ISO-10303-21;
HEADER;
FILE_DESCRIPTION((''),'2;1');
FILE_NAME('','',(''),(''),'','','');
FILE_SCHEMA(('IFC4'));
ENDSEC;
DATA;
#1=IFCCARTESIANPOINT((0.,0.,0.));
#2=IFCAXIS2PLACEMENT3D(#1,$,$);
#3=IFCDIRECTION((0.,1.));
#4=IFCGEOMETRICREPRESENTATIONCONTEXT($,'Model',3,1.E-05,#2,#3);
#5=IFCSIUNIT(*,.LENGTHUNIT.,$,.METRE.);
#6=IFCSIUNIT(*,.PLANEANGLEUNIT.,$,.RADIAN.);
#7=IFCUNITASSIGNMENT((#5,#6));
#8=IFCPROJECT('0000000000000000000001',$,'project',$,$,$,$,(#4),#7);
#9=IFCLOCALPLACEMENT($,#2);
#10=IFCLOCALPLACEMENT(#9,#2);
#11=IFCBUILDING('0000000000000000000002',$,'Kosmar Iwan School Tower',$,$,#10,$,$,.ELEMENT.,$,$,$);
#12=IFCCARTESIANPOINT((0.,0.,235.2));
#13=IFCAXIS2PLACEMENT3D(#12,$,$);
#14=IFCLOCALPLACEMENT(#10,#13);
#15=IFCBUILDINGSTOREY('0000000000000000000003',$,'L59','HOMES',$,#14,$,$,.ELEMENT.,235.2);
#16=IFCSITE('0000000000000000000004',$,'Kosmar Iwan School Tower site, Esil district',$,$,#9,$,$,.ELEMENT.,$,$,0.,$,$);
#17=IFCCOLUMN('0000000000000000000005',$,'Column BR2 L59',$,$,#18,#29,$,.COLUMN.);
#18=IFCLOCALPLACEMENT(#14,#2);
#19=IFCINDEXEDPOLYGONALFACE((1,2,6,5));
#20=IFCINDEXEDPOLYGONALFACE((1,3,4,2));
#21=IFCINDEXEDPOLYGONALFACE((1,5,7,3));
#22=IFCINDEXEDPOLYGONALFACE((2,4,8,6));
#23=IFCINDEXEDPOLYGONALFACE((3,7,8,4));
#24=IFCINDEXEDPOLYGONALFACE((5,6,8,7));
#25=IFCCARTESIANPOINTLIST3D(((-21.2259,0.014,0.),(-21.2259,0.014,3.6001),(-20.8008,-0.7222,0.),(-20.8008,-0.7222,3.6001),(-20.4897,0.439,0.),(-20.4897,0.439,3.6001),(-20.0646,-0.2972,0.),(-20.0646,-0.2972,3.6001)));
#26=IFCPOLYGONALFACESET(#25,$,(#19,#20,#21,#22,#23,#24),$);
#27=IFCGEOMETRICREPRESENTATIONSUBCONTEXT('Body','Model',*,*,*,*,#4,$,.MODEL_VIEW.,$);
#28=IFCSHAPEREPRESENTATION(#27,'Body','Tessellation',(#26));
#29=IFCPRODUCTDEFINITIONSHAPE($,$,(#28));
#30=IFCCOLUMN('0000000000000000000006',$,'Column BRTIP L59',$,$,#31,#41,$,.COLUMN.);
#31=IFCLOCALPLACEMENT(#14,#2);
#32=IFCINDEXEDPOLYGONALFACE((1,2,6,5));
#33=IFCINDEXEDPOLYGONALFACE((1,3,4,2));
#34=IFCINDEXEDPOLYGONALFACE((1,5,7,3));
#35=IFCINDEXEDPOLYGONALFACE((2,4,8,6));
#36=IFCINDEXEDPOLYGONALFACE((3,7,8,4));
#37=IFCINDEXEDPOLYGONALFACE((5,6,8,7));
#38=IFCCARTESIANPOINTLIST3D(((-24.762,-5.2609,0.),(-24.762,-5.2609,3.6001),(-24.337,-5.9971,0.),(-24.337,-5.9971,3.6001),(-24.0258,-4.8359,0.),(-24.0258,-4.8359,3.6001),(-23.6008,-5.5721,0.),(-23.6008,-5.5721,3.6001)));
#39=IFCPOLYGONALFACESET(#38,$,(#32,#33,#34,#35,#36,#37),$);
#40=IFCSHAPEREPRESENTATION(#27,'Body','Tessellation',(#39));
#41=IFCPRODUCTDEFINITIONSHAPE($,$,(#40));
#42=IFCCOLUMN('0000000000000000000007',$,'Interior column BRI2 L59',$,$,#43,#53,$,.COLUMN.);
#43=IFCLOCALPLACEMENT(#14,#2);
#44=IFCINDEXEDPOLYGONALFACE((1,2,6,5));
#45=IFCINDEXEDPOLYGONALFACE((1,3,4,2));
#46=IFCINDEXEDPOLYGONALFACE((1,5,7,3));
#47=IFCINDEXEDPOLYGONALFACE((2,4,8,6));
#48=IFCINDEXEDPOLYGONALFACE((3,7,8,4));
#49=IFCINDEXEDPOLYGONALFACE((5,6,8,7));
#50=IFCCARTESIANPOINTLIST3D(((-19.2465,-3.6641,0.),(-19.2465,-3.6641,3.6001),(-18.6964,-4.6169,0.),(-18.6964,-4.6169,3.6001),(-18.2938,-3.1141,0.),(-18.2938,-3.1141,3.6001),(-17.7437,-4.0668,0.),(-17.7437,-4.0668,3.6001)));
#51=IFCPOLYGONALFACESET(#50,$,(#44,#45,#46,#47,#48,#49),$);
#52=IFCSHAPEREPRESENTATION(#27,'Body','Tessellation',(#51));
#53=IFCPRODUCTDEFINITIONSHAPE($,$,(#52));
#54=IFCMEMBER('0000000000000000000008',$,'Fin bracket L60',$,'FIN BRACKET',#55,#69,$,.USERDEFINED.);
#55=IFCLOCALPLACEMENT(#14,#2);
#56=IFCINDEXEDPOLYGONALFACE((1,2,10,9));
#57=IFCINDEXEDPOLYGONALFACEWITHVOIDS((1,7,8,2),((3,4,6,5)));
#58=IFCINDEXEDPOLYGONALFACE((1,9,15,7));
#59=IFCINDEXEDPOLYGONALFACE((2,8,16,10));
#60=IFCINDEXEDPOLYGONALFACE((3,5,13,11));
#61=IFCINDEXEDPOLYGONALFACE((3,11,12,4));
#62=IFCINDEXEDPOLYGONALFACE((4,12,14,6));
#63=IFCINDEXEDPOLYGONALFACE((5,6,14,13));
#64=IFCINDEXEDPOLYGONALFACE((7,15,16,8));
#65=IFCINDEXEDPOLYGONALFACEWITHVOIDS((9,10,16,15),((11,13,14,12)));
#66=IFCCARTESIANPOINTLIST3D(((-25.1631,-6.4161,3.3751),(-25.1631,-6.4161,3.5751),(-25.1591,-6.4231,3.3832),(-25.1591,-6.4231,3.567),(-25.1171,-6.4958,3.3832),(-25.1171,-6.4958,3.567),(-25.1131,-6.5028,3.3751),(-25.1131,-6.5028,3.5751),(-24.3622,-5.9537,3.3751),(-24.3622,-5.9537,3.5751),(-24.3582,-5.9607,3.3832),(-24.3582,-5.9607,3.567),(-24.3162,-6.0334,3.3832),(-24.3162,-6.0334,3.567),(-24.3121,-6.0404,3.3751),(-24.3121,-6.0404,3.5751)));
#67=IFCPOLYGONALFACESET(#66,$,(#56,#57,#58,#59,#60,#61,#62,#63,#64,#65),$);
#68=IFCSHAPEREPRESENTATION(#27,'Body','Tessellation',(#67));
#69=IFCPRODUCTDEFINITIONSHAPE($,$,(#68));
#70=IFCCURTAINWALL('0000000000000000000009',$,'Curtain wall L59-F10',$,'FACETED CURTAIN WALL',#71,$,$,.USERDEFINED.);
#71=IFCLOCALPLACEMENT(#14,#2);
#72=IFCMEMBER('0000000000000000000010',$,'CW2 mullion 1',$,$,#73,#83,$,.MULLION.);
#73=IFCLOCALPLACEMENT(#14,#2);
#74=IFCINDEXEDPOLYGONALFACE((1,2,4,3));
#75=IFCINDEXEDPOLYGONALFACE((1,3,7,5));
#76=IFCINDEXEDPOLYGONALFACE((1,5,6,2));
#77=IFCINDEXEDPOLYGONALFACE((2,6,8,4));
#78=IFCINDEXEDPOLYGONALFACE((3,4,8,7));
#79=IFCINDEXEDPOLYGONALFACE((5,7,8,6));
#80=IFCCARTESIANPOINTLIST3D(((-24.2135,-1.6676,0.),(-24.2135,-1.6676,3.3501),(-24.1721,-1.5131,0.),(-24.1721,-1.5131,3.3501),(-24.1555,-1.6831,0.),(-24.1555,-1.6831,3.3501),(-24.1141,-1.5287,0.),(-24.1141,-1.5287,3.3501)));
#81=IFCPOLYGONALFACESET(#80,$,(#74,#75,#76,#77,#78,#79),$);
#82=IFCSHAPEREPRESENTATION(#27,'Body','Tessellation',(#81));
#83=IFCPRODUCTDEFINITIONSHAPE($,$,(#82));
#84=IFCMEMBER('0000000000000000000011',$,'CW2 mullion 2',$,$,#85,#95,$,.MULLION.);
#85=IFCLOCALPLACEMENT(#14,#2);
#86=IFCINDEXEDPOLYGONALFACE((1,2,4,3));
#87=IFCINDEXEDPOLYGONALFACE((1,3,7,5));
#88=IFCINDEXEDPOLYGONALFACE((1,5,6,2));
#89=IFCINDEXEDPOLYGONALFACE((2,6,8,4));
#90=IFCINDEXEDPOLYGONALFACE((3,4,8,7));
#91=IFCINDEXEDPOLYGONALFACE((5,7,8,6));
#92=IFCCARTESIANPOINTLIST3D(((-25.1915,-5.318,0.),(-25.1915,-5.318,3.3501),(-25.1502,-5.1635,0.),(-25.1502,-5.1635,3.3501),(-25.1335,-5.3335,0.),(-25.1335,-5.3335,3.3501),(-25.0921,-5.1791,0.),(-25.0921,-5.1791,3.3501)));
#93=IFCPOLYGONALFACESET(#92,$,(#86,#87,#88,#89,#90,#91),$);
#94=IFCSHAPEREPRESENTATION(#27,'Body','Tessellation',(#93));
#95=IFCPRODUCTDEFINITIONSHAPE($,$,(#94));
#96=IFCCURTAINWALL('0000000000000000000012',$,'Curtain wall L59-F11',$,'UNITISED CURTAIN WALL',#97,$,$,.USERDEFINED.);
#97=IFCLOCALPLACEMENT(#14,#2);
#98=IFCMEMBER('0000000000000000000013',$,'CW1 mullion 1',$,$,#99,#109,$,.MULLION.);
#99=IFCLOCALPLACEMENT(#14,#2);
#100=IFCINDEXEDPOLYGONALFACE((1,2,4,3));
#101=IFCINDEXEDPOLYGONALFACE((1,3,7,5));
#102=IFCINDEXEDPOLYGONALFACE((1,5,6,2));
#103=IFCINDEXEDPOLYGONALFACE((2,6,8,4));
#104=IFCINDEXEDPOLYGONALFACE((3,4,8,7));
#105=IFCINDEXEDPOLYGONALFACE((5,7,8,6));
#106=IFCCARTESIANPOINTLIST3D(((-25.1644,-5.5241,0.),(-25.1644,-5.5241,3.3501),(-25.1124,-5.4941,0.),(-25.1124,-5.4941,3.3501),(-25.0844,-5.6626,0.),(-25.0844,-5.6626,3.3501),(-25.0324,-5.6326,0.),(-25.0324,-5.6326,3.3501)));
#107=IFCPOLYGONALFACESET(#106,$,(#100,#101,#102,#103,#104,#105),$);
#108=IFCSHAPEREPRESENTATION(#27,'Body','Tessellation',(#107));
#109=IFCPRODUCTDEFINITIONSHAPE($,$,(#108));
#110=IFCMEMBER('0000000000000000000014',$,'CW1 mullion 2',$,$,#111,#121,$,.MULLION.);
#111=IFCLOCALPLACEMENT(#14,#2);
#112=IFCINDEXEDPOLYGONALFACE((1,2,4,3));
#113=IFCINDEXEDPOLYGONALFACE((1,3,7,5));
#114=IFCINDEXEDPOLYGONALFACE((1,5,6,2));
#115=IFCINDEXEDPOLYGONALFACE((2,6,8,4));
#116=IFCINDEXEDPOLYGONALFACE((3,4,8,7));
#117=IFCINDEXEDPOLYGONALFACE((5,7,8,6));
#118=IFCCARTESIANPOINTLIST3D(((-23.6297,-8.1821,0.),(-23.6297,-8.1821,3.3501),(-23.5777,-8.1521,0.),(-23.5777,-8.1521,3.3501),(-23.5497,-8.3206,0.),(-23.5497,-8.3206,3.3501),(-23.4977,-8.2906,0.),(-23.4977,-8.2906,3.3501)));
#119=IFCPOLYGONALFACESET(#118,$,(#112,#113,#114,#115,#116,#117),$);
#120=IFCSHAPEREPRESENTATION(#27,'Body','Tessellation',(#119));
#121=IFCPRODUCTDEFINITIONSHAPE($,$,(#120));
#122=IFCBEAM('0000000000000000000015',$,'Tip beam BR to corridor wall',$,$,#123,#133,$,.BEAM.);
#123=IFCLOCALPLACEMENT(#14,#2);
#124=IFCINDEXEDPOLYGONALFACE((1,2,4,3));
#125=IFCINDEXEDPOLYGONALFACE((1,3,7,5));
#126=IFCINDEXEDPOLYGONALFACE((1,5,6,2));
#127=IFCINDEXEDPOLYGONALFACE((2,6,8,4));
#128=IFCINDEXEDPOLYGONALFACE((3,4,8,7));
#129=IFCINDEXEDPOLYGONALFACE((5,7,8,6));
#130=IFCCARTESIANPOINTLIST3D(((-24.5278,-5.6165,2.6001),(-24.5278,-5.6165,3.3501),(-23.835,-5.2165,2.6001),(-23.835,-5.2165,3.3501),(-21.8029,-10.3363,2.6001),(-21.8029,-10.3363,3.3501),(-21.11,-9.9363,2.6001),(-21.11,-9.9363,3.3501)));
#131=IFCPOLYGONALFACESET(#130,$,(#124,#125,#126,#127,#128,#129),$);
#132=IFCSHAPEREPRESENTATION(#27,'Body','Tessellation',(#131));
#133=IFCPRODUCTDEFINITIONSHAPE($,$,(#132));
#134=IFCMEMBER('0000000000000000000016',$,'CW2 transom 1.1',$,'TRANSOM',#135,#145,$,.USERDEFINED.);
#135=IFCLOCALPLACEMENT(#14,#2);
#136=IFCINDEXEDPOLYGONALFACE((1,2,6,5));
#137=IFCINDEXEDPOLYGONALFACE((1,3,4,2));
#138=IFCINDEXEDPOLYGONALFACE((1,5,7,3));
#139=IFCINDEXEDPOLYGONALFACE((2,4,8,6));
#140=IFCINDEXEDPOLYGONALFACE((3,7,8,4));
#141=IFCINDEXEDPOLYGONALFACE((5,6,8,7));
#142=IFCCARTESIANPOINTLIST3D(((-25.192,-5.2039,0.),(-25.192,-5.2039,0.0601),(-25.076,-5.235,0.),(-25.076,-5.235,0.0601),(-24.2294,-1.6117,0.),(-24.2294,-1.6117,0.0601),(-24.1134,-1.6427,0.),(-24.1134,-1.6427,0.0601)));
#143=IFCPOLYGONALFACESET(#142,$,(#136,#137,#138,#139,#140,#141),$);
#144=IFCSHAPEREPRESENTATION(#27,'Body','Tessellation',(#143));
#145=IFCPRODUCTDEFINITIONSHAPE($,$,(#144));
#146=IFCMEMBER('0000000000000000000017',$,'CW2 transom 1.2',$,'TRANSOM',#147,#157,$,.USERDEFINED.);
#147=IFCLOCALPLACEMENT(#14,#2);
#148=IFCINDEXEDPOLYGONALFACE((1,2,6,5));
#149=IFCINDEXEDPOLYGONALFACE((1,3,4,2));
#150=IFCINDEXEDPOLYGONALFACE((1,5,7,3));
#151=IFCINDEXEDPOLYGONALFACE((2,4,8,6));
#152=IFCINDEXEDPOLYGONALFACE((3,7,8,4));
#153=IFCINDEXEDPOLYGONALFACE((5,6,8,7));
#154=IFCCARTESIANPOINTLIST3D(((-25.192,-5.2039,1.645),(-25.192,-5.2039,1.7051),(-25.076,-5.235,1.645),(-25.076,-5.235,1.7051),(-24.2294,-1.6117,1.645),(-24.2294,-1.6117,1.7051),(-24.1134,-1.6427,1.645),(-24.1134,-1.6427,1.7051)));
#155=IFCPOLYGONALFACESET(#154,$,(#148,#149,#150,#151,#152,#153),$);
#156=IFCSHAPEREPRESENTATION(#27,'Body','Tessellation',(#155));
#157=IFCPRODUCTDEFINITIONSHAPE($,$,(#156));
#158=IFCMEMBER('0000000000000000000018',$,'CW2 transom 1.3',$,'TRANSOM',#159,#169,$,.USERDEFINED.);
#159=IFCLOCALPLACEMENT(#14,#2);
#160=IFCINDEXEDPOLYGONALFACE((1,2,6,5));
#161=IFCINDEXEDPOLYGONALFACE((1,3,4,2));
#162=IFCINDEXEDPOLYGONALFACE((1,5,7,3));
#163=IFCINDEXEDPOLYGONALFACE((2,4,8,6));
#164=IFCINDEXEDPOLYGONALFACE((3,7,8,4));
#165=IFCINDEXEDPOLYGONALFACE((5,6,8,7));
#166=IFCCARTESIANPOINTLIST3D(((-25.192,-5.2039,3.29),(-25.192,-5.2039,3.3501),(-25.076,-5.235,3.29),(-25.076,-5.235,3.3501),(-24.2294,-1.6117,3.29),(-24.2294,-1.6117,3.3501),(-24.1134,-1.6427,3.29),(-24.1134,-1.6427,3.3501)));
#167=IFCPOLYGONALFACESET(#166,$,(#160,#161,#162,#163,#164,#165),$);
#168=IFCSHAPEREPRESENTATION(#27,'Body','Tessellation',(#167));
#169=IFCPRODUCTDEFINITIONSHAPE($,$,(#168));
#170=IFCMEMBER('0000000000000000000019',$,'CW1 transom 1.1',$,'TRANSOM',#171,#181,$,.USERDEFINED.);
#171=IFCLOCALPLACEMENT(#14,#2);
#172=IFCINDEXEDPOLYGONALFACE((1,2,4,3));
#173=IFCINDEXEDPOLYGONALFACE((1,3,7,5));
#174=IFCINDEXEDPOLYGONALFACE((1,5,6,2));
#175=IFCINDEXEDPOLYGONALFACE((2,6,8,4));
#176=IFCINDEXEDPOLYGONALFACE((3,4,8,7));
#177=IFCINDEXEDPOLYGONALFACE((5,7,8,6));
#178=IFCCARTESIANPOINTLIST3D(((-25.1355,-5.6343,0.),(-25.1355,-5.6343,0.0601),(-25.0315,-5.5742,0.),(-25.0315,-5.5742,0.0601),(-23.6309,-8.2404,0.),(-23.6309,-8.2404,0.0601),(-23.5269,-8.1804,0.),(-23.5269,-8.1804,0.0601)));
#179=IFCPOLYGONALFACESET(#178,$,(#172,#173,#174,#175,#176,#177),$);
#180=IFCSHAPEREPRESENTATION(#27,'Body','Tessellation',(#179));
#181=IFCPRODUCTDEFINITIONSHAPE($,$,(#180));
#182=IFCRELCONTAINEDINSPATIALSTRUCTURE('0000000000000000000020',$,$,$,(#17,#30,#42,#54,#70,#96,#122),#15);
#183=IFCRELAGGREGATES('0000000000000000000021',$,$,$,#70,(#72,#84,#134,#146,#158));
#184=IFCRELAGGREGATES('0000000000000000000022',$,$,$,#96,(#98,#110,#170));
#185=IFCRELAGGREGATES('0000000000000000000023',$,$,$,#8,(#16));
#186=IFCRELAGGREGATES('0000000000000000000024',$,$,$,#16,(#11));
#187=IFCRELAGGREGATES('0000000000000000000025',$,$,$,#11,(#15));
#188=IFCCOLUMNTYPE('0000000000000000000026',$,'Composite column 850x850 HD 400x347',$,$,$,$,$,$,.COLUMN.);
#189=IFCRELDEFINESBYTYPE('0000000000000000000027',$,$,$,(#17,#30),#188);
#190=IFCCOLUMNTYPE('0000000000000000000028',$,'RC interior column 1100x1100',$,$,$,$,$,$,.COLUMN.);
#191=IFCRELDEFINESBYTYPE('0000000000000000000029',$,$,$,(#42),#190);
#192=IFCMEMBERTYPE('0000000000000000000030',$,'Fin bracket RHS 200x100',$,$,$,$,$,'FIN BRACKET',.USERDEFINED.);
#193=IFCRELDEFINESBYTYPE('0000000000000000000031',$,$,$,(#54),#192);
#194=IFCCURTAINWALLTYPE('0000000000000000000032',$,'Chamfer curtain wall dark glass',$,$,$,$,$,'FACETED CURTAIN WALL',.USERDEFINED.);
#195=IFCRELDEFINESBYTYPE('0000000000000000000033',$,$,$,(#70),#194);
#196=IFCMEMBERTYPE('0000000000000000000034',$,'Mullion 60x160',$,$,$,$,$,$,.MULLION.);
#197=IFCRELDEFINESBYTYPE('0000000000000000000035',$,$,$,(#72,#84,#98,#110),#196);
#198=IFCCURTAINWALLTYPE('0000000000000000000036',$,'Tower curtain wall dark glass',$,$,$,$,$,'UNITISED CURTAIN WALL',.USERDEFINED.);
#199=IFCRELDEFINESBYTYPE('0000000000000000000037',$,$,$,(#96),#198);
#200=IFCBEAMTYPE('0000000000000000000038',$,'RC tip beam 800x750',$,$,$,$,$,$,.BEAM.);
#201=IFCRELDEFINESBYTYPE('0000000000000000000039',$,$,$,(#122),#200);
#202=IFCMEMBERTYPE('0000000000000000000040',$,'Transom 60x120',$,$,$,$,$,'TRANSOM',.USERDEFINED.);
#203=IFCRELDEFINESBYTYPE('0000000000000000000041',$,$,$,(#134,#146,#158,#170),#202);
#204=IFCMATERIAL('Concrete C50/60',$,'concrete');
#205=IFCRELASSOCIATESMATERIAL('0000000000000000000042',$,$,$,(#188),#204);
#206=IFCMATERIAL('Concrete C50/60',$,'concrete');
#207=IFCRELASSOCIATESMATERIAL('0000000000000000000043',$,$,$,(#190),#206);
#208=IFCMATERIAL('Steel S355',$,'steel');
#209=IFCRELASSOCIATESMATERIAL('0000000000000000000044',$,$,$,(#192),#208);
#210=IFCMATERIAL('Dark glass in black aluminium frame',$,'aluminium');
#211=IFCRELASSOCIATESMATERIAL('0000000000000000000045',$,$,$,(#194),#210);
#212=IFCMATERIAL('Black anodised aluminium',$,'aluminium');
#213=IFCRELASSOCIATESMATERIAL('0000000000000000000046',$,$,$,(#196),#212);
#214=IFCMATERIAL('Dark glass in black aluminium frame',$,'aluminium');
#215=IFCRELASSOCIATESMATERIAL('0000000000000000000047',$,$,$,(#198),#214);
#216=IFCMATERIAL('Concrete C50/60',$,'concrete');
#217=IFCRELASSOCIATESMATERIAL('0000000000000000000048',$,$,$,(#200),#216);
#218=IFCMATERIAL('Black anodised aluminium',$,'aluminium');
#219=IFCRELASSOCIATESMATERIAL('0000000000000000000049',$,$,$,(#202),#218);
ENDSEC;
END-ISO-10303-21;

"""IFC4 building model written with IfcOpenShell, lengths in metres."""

from ifc_helpers import new_model, si_unit, direction, frame, origin, origin_2d, place, context, subcontext, project, spatial, rectangle, hollow_rectangle, extrude, material, material_profile, profile_set, type_object, element, aggregate, save


model = new_model("IFC4")

# Units and contexts
model_context = context("Model", 3, precision=1e-05, world=origin(), true_north=direction((0.0, 1.0)))
body_context = subcontext(model_context, "Body", "Model", "MODEL_VIEW")
ifc_project = project(units=[si_unit("LENGTHUNIT", "METRE"), si_unit("PLANEANGLEUNIT", "RADIAN")], contexts=[model_context])

# Site, building, storey
site_placement = place(None, origin())
site = spatial("IfcSite", under=ifc_project, at=site_placement, Name="Kosmar Iwan School Tower site, Esil district", CompositionType="ELEMENT", RefElevation=0.0)
building_placement = place(site_placement, origin())
building = spatial("IfcBuilding", under=site, at=building_placement, Name="Kosmar Iwan School Tower", CompositionType="ELEMENT")
storey_placement = place(building_placement, frame((0.0, 0.0, 235.2)))
storey = spatial("IfcBuildingStorey", under=building, at=storey_placement, Name="L59", Description="HOMES", CompositionType="ELEMENT", Elevation=235.2)

# Columns
ifc_material_1 = material(Name="Concrete C50/60", Category="concrete")
ifc_material_profile_1 = material_profile(ifc_material_1, rectangle(XDim=0.8501, YDim=0.8501, at=origin_2d()), Name="RC 850x850 + HD 400x347")
ifc_profile_set_1 = profile_set([ifc_material_profile_1], Name="Concrete C50/60")
column_type_1 = type_object("IfcColumnType", Name="Composite column 850x850 HD 400x347", PredefinedType="COLUMN", material=ifc_profile_set_1)
for number, where, z_axis, x_axis, name in (
    (1, (-20.6453, -0.1416, 0.0), (0.0, 0.0, 1.0), (-0.866025, -0.5, 0.0), "Column BR2 L59"),
    (2, (-24.1814, -5.4165, 0.0), (0.0, 0.0, 1.0), (-0.866025, -0.5, 0.0), "Column BRTIP L59"),
):
    element("IfcColumn", number, at=place(storey_placement, frame(where, z_axis=z_axis, x_axis=x_axis)), inside=storey, type_object=column_type_1, Name=name, PredefinedType="COLUMN", context=body_context, shape_type="SweptSolid", body=[
        extrude(rectangle(XDim=0.8501, YDim=0.8501, at=origin_2d()), origin(), (0.0, 0.0, 1.0), 3.6001),
    ])
ifc_material_2 = material(Name="Concrete C50/60", Category="concrete")
ifc_material_profile_2 = material_profile(ifc_material_2, rectangle(XDim=1.1001, YDim=1.1001, at=origin_2d()), Name="RC 1100x1100")
ifc_profile_set_2 = profile_set([ifc_material_profile_2], Name="Concrete C50/60")
column_type_2 = type_object("IfcColumnType", Name="RC interior column 1100x1100", PredefinedType="COLUMN", material=ifc_profile_set_2)
column_placement = place(storey_placement, frame((-18.4951, -3.8655, 0.0), z_axis=(0.0, 0.0, 1.0), x_axis=(-0.866025, -0.5, 0.0)))
element("IfcColumn", 3, at=column_placement, inside=storey, type_object=column_type_2, Name="Interior column BRI2 L59", PredefinedType="COLUMN", context=body_context, shape_type="SweptSolid", body=[
    extrude(rectangle(XDim=1.1001, YDim=1.1001, at=origin_2d()), origin(), (0.0, 0.0, 1.0), 3.6001),
])

# Member
ifc_material_3 = material(Name="Steel S355", Category="steel")
ifc_material_profile_3 = material_profile(ifc_material_3, hollow_rectangle(XDim=0.1001, YDim=0.2, WallThickness=0.0081, at=origin_2d()), Name="RHS 200x100x8")
ifc_profile_set_3 = profile_set([ifc_material_profile_3], Name="Steel S355")
member_type_1 = type_object("IfcMemberType", Name="Fin bracket RHS 200x100", ElementType="FIN BRACKET", PredefinedType="USERDEFINED", material=ifc_profile_set_3)
member_1_placement = place(storey_placement, frame((-24.3372, -5.9971, 3.4751), z_axis=(-0.866058, -0.499943, 0.0), x_axis=(0.499943, -0.866058, 0.0)))
element("IfcMember", 4, at=member_1_placement, inside=storey, type_object=member_type_1, Name="Fin bracket L60", ObjectType="FIN BRACKET", PredefinedType="USERDEFINED", context=body_context, shape_type="SweptSolid", body=[
    extrude(hollow_rectangle(XDim=0.1001, YDim=0.2, WallThickness=0.0081, at=origin_2d()), origin(), (0.0, 0.0, 1.0), 0.9248),
])

# Curtain walls, members
ifc_material_4 = material(Name="Dark glass in black aluminium frame", Category="aluminium")
curtain_wall_type_1 = type_object("IfcCurtainWallType", Name="Chamfer curtain wall dark glass", ElementType="FACETED CURTAIN WALL", PredefinedType="USERDEFINED", material=ifc_material_4)
curtain_wall_1_placement = place(storey_placement, origin())
curtain_wall_1 = element("IfcCurtainWall", 5, at=curtain_wall_1_placement, inside=storey, type_object=curtain_wall_type_1, Name="Curtain wall L59-F10", ObjectType="FACETED CURTAIN WALL", PredefinedType="USERDEFINED")
ifc_material_5 = material(Name="Black anodised aluminium", Category="aluminium")
ifc_material_profile_4 = material_profile(ifc_material_5, rectangle(XDim=0.0601, YDim=0.1599, at=origin_2d()), Name="MULLION 60x160")
ifc_profile_set_4 = profile_set([ifc_material_profile_4], Name="Black anodised aluminium")
member_type_2 = type_object("IfcMemberType", Name="Mullion 60x160", PredefinedType="MULLION", material=ifc_profile_set_4)
member_2_placement = place(storey_placement, frame((-24.1638, -1.5981, 0.0), z_axis=(0.0, 0.0, 1.0), x_axis=(0.965926, -0.258819, 0.0)))
member_2 = element("IfcMember", 6, at=member_2_placement, type_object=member_type_2, Name="CW2 mullion 1", PredefinedType="MULLION", context=body_context, shape_type="SweptSolid", body=[
    extrude(rectangle(XDim=0.0601, YDim=0.1599, at=origin_2d()), origin(), (0.0, 0.0, 1.0), 3.3501),
])
member_3_placement = place(storey_placement, frame((-25.1418, -5.2485, 0.0), z_axis=(0.0, 0.0, 1.0), x_axis=(0.965926, -0.258819, 0.0)))
member_3 = element("IfcMember", 7, at=member_3_placement, type_object=member_type_2, Name="CW2 mullion 2", PredefinedType="MULLION", context=body_context, shape_type="SweptSolid", body=[
    extrude(rectangle(XDim=0.0601, YDim=0.1599, at=origin_2d()), origin(), (0.0, 0.0, 1.0), 3.3501),
])
ifc_material_6 = material(Name="Dark glass in black aluminium frame", Category="aluminium")
curtain_wall_type_2 = type_object("IfcCurtainWallType", Name="Tower curtain wall dark glass", ElementType="UNITISED CURTAIN WALL", PredefinedType="USERDEFINED", material=ifc_material_6)
curtain_wall_2_placement = place(storey_placement, origin())
curtain_wall_2 = element("IfcCurtainWall", 8, at=curtain_wall_2_placement, inside=storey, type_object=curtain_wall_type_2, Name="Curtain wall L59-F11", ObjectType="UNITISED CURTAIN WALL", PredefinedType="USERDEFINED")
member_4_placement = place(storey_placement, frame((-25.0984, -5.5784, 0.0), z_axis=(0.0, 0.0, 1.0), x_axis=(0.866025, 0.5, 0.0)))
member_4 = element("IfcMember", 9, at=member_4_placement, type_object=member_type_2, Name="CW1 mullion 1", PredefinedType="MULLION", context=body_context, shape_type="SweptSolid", body=[
    extrude(rectangle(XDim=0.0601, YDim=0.1599, at=origin_2d()), origin(), (0.0, 0.0, 1.0), 3.3501),
])
member_5_placement = place(storey_placement, frame((-23.5637, -8.2363, 0.0), z_axis=(0.0, 0.0, 1.0), x_axis=(0.866025, 0.5, 0.0)))
member_5 = element("IfcMember", 10, at=member_5_placement, type_object=member_type_2, Name="CW1 mullion 2", PredefinedType="MULLION", context=body_context, shape_type="SweptSolid", body=[
    extrude(rectangle(XDim=0.0601, YDim=0.1599, at=origin_2d()), origin(), (0.0, 0.0, 1.0), 3.3501),
])

# Beam
ifc_material_7 = material(Name="Concrete C50/60", Category="concrete")
ifc_material_profile_5 = material_profile(ifc_material_7, rectangle(XDim=0.8, YDim=0.75, at=origin_2d()), Name="RC 800x750")
ifc_profile_set_5 = profile_set([ifc_material_profile_5], Name="Concrete C50/60")
beam_type = type_object("IfcBeamType", Name="RC tip beam 800x750", PredefinedType="BEAM", material=ifc_profile_set_5)
beam_placement = place(storey_placement, frame((-24.1814, -5.4165, 2.9751), z_axis=(0.499989, -0.866032, 0.0), x_axis=(0.866032, 0.499989, 0.0)))
element("IfcBeam", 11, at=beam_placement, inside=storey, type_object=beam_type, Name="Tip beam BR to corridor wall", PredefinedType="BEAM", context=body_context, shape_type="SweptSolid", body=[
    extrude(rectangle(XDim=0.8, YDim=0.75, at=origin_2d()), origin(), (0.0, 0.0, 1.0), 5.45),
])

# Members
ifc_material_8 = material(Name="Black anodised aluminium", Category="aluminium")
ifc_material_profile_6 = material_profile(ifc_material_8, rectangle(XDim=0.1201, YDim=0.0601, at=origin_2d()), Name="TRANSOM 60x120")
ifc_profile_set_6 = profile_set([ifc_material_profile_6], Name="Black anodised aluminium")
member_type_3 = type_object("IfcMemberType", Name="Transom 60x120", ElementType="TRANSOM", PredefinedType="USERDEFINED", material=ifc_profile_set_6)
member_6_placement = place(storey_placement, frame((-24.1714, -1.6272, 0.03), z_axis=(-0.258843, -0.965919, 0.0), x_axis=(0.965919, -0.258843, 0.0)))
member_6 = element("IfcMember", 12, at=member_6_placement, type_object=member_type_3, Name="CW2 transom 1.1", ObjectType="TRANSOM", PredefinedType="USERDEFINED", context=body_context, shape_type="SweptSolid", body=[
    extrude(rectangle(XDim=0.1201, YDim=0.0601, at=origin_2d()), origin(), (0.0, 0.0, 1.0), 3.719),
])
member_7_placement = place(storey_placement, frame((-24.1714, -1.6272, 1.675), z_axis=(-0.258843, -0.965919, 0.0), x_axis=(0.965919, -0.258843, 0.0)))
member_7 = element("IfcMember", 13, at=member_7_placement, type_object=member_type_3, Name="CW2 transom 1.2", ObjectType="TRANSOM", PredefinedType="USERDEFINED", context=body_context, shape_type="SweptSolid", body=[
    extrude(rectangle(XDim=0.1201, YDim=0.0601, at=origin_2d()), origin(), (0.0, 0.0, 1.0), 3.719),
])
member_8_placement = place(storey_placement, frame((-24.1714, -1.6272, 3.3201), z_axis=(-0.258843, -0.965919, 0.0), x_axis=(0.965919, -0.258843, 0.0)))
member_8 = element("IfcMember", 14, at=member_8_placement, type_object=member_type_3, Name="CW2 transom 1.3", ObjectType="TRANSOM", PredefinedType="USERDEFINED", context=body_context, shape_type="SweptSolid", body=[
    extrude(rectangle(XDim=0.1201, YDim=0.0601, at=origin_2d()), origin(), (0.0, 0.0, 1.0), 3.719),
])
member_9_placement = place(storey_placement, frame((-25.0835, -5.6042, 0.03), z_axis=(0.499987, -0.866033, 0.0), x_axis=(0.866033, 0.499987, 0.0)))
member_9 = element("IfcMember", 15, at=member_9_placement, type_object=member_type_3, Name="CW1 transom 1.1", ObjectType="TRANSOM", PredefinedType="USERDEFINED", context=body_context, shape_type="SweptSolid", body=[
    extrude(rectangle(XDim=0.1201, YDim=0.0601, at=origin_2d()), origin(), (0.0, 0.0, 1.0), 3.0093),
])

aggregate(curtain_wall_1, [member_2, member_3, member_6, member_7, member_8])
aggregate(curtain_wall_2, [member_4, member_5, member_9])

save(model, "model.ifc")
